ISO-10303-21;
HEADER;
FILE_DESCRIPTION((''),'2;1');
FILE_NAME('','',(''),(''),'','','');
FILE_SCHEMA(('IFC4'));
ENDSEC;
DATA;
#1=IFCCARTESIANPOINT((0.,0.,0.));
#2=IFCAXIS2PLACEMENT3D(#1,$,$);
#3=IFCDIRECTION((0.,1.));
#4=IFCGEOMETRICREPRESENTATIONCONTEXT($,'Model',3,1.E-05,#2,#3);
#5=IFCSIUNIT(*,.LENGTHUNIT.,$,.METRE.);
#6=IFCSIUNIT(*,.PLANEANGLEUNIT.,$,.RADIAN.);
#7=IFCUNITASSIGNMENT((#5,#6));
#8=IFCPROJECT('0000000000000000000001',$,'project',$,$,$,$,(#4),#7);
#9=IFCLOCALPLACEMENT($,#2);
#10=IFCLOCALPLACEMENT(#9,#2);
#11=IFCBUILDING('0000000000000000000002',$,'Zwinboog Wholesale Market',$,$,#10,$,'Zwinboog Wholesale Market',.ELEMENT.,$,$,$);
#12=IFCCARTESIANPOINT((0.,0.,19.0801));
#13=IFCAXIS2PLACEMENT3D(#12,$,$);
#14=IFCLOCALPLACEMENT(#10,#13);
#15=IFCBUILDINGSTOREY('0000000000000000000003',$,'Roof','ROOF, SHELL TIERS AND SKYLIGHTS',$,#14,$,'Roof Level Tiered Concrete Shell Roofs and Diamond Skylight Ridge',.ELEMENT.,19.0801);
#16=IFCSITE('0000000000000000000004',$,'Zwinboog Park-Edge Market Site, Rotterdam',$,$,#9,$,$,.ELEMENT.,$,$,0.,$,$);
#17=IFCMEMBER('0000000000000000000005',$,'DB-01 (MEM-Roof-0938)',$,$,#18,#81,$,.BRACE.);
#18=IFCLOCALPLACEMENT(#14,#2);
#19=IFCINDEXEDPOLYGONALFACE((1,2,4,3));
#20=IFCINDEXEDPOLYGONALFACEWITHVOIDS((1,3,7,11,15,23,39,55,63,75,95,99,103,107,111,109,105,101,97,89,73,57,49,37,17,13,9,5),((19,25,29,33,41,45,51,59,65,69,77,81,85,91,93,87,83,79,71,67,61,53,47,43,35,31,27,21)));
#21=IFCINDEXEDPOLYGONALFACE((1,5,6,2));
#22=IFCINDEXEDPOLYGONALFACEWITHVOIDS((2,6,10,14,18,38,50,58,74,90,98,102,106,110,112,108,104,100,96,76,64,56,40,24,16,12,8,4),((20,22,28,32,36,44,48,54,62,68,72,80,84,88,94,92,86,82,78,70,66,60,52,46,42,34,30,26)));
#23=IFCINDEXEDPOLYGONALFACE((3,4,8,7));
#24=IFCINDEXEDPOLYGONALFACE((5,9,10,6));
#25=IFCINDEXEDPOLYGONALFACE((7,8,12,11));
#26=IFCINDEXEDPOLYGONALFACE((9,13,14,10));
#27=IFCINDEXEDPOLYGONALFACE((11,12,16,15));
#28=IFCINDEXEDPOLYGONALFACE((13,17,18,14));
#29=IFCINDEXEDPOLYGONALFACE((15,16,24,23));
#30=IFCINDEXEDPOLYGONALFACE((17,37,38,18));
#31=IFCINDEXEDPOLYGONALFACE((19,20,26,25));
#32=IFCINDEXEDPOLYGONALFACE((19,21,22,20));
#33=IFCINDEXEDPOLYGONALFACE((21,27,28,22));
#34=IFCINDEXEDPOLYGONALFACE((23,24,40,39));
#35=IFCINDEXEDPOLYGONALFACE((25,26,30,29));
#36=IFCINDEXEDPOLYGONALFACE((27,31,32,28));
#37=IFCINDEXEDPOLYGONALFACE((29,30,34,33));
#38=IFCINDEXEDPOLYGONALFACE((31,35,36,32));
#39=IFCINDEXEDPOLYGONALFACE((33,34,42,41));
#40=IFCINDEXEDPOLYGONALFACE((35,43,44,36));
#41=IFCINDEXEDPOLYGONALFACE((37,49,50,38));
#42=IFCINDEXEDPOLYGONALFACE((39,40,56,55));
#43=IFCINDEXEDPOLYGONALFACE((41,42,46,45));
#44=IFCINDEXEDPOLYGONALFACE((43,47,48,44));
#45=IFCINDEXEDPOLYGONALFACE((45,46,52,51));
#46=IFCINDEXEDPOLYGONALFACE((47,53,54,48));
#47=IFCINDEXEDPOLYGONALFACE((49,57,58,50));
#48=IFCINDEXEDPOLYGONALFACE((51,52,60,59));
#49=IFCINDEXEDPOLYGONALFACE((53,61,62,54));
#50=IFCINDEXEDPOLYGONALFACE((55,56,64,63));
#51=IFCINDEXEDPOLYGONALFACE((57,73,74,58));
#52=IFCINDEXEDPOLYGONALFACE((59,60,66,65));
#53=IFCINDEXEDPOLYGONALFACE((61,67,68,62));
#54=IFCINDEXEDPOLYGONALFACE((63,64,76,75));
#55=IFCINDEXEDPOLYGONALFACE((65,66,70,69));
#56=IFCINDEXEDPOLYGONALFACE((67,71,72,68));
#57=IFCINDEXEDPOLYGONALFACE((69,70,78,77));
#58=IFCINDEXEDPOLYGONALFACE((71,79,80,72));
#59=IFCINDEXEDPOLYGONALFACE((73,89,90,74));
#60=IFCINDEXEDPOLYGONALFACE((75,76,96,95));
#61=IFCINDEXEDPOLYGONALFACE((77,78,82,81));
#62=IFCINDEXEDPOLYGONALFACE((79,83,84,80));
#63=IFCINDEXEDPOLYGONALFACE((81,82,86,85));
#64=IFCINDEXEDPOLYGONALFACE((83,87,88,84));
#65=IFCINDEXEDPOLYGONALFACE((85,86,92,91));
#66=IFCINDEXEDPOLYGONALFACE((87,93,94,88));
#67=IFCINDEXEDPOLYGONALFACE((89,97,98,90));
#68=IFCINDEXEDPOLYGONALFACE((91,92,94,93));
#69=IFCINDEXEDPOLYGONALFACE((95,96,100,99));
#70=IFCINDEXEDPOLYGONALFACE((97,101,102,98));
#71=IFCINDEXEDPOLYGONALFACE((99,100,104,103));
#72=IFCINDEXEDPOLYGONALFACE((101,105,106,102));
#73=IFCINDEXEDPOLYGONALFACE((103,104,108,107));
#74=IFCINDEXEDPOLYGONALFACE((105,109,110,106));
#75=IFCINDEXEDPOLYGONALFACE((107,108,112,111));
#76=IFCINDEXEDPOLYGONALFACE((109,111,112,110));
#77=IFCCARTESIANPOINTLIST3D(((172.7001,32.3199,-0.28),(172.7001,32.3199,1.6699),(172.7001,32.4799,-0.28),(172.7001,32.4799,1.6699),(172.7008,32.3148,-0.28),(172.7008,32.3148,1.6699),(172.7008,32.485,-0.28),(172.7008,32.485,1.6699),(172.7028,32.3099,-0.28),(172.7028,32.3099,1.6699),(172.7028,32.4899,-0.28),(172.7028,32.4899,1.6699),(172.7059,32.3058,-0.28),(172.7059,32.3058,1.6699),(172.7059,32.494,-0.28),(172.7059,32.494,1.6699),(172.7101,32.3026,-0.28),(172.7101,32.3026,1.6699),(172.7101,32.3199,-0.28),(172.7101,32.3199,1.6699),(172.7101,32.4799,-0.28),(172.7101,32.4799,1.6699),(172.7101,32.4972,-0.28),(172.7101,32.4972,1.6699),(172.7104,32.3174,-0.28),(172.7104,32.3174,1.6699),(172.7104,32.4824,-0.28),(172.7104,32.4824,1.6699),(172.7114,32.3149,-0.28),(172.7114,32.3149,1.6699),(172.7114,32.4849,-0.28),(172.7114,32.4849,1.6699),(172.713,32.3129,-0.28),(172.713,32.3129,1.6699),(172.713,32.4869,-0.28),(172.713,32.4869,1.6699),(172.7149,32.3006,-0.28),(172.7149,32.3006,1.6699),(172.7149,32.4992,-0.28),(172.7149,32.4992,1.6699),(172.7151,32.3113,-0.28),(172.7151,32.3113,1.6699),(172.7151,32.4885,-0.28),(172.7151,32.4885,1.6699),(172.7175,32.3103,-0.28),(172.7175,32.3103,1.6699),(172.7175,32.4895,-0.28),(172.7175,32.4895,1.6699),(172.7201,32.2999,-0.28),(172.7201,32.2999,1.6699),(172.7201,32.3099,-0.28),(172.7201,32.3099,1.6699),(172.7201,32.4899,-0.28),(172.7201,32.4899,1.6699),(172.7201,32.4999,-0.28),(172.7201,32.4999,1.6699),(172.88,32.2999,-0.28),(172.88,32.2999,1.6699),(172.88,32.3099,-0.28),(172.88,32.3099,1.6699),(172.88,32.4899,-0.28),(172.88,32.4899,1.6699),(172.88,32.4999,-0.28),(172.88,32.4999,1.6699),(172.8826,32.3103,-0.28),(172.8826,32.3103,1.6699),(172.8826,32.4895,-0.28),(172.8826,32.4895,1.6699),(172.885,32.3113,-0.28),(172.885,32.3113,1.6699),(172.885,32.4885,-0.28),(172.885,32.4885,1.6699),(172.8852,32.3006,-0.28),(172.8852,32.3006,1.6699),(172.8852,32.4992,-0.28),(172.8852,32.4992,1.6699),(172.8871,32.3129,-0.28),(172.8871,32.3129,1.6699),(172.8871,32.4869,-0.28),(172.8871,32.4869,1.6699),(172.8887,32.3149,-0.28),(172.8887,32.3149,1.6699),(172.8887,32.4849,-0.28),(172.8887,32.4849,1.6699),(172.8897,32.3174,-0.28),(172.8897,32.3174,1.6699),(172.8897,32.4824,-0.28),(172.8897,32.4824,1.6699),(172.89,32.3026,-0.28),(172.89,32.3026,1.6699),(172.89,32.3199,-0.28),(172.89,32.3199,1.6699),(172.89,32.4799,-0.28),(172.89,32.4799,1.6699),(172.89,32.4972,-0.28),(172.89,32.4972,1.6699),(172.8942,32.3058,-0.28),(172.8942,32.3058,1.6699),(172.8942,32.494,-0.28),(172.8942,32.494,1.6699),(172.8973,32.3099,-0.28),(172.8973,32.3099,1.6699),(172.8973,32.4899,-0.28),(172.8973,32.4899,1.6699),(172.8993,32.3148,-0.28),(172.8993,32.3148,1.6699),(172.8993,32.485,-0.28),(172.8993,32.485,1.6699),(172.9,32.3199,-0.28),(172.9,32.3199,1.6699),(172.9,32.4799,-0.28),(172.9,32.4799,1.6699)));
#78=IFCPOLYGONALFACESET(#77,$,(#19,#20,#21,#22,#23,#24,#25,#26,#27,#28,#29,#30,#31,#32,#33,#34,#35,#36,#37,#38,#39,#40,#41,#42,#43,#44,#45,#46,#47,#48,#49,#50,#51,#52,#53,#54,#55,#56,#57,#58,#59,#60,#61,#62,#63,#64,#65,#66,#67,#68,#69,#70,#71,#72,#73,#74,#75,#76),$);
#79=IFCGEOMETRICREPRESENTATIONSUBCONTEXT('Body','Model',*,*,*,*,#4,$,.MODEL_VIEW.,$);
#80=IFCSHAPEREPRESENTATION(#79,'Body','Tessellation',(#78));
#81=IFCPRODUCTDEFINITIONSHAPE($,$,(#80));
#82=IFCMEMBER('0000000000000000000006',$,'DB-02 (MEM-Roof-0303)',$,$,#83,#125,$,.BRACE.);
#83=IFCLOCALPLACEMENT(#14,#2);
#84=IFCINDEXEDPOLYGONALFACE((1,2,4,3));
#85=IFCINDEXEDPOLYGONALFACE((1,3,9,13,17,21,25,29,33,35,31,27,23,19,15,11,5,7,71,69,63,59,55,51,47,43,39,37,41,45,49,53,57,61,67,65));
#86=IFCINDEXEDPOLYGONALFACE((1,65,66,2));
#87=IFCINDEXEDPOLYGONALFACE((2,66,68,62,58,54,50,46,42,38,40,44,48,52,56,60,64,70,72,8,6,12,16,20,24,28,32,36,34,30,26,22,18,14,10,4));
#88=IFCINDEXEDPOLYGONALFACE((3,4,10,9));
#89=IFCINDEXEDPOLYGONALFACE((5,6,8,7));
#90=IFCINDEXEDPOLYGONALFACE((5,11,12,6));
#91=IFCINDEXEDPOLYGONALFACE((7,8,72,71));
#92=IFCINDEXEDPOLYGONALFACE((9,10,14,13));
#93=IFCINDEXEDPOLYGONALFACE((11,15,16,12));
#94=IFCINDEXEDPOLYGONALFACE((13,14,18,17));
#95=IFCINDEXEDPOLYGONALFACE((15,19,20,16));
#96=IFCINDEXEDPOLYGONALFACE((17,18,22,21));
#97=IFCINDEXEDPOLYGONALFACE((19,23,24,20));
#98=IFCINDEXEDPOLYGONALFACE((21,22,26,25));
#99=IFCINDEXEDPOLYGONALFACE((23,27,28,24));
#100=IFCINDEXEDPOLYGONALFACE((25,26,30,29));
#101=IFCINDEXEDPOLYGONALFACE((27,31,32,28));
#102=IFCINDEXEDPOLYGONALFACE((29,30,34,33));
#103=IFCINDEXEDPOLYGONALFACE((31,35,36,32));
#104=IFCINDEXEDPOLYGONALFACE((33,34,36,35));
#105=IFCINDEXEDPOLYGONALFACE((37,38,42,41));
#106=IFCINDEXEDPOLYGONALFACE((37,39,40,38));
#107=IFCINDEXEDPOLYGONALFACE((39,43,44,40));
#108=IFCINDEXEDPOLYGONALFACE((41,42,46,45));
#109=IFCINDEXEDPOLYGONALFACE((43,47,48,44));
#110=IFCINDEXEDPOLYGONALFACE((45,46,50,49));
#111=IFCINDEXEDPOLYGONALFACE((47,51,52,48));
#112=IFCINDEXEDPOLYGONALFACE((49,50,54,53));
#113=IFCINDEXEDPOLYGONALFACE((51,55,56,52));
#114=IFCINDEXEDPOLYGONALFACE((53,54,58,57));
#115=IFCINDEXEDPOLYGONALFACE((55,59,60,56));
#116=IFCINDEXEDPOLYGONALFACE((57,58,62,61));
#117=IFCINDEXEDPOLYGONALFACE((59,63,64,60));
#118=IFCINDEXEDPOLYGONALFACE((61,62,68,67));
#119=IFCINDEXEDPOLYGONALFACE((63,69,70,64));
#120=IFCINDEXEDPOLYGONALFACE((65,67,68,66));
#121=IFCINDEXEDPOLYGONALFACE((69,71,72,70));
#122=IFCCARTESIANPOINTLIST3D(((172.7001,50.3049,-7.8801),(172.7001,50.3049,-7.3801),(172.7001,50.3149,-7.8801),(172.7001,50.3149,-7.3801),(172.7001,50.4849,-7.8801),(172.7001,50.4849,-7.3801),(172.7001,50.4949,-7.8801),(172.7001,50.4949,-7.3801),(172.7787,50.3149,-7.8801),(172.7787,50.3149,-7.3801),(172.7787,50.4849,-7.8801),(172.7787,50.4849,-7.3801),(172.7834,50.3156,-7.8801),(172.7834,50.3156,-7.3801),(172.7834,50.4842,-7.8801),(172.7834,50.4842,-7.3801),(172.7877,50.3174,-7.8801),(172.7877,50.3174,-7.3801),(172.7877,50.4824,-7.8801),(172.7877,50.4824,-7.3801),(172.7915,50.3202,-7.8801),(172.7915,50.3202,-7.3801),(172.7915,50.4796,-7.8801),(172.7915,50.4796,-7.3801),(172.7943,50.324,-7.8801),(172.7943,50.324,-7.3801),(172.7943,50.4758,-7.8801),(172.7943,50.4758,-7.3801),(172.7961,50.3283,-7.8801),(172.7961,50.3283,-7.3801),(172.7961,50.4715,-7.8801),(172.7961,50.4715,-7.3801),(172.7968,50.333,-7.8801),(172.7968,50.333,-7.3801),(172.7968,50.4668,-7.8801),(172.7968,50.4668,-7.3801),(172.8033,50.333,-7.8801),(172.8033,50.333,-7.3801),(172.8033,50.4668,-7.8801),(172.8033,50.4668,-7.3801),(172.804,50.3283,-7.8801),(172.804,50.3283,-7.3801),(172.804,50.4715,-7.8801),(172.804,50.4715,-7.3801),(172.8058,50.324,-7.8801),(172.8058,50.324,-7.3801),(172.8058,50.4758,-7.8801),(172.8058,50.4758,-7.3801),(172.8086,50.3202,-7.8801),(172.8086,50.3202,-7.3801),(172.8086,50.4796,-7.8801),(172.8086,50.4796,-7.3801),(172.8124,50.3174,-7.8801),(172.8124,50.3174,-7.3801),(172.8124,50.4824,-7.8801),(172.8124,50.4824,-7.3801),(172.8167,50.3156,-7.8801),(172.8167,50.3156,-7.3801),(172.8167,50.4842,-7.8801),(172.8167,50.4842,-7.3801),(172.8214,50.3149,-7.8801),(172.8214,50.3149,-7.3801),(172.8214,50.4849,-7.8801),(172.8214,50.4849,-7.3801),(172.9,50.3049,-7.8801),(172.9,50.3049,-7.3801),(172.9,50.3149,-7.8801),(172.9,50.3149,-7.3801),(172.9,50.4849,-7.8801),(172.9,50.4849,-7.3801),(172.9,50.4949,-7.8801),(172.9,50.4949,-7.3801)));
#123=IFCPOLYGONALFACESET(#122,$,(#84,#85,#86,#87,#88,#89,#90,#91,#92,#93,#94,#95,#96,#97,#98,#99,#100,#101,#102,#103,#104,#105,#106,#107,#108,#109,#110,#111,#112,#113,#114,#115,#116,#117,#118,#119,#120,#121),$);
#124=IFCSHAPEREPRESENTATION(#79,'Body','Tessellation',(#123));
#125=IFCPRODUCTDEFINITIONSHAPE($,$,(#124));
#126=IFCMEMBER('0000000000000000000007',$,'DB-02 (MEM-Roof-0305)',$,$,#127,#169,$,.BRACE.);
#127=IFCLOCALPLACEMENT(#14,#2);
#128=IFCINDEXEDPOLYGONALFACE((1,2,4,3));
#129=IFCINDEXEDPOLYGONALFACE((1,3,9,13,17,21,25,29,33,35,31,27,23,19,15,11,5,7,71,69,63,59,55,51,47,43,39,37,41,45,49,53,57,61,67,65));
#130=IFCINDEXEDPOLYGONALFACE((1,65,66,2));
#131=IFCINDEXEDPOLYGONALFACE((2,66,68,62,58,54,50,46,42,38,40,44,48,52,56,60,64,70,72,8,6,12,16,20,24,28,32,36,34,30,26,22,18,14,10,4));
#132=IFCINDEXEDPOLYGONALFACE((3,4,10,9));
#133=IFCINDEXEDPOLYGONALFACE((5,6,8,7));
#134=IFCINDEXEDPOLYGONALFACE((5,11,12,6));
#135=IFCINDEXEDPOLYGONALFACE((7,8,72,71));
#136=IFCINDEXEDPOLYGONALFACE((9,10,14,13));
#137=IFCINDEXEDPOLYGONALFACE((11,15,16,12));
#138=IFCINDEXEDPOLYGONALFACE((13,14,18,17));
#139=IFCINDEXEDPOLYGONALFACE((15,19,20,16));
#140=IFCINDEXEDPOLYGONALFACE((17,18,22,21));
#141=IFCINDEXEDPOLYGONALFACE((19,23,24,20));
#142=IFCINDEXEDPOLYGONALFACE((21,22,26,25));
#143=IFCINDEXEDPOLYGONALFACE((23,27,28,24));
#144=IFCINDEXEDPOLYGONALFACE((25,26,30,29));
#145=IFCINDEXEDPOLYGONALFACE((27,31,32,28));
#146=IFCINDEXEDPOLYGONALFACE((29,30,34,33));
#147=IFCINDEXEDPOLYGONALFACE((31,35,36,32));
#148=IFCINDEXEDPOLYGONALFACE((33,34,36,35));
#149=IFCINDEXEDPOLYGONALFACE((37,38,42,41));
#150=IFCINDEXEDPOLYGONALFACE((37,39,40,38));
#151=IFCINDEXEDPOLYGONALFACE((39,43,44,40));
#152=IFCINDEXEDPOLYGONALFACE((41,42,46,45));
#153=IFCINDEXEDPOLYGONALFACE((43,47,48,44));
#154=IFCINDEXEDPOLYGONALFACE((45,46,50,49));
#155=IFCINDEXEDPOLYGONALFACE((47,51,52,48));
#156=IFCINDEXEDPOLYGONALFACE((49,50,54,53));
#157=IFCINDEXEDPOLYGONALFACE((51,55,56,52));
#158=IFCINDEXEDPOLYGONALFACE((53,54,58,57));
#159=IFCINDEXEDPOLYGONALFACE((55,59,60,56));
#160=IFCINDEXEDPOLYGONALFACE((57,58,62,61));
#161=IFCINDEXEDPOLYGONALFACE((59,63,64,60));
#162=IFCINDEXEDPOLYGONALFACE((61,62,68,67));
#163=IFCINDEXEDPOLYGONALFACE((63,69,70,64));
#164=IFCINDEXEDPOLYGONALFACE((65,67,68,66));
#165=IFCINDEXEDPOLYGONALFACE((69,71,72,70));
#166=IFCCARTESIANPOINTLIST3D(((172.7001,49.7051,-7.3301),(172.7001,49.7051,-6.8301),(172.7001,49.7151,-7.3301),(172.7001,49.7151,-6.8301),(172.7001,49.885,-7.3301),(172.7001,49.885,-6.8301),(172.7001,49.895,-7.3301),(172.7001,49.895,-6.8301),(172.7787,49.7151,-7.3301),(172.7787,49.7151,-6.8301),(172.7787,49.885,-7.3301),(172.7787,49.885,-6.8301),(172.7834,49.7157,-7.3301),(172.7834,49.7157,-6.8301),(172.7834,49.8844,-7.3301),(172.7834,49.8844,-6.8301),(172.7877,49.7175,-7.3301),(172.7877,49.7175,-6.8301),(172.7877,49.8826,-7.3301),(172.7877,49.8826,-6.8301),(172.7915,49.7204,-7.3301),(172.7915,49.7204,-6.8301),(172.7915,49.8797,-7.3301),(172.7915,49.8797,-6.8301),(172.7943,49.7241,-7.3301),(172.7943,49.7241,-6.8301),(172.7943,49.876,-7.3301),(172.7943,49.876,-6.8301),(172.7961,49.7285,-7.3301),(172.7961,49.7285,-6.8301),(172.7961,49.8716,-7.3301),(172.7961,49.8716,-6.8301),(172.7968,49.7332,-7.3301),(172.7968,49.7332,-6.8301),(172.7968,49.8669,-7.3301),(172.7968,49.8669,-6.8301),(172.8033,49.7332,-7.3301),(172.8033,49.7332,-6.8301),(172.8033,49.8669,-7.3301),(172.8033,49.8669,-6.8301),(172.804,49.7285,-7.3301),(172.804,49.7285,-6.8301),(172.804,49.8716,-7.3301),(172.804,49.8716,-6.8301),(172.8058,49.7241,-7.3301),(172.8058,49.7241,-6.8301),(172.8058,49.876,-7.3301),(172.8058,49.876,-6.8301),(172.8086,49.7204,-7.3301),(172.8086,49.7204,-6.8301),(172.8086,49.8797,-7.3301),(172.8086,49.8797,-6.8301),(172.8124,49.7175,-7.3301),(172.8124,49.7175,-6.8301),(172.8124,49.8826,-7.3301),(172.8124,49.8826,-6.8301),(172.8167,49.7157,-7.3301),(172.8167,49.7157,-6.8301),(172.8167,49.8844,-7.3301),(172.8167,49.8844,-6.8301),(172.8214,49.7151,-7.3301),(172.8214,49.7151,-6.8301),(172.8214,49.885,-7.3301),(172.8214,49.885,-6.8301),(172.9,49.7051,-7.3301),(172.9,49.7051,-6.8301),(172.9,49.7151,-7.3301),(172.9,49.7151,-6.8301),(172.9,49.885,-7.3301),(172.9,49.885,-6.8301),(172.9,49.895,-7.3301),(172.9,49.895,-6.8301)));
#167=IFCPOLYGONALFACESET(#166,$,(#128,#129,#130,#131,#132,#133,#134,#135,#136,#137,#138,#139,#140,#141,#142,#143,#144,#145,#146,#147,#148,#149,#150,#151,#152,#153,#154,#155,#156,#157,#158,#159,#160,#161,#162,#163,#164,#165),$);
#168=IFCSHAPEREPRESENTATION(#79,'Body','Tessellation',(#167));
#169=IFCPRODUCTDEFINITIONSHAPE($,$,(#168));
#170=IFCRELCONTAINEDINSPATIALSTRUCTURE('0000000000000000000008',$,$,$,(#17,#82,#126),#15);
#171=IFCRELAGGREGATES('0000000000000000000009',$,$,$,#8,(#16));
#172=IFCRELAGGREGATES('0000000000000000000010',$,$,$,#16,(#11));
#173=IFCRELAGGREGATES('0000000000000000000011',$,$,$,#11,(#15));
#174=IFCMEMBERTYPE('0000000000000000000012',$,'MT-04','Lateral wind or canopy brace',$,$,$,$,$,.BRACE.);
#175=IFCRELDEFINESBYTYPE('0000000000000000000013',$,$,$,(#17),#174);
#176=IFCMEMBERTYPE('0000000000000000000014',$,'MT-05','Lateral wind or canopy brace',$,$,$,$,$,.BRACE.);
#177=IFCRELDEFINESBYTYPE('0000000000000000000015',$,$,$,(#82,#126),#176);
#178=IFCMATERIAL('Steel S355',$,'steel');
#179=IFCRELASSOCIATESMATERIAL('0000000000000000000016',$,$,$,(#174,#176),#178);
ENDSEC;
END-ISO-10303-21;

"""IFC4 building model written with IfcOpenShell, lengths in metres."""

from ifc_helpers import new_model, si_unit, direction, frame, origin, origin_2d, place, context, subcontext, project, spatial, hollow_rectangle, i_section, extrude, material, material_profile, profile_set, type_object, element, save


model = new_model("IFC4")

# Units and contexts
model_context = context("Model", 3, precision=1e-05, world=origin(), true_north=direction((0.0, 1.0)))
body_context = subcontext(model_context, "Body", "Model", "MODEL_VIEW")
ifc_project = project(units=[si_unit("LENGTHUNIT", "METRE"), si_unit("PLANEANGLEUNIT", "RADIAN")], contexts=[model_context])

# Site, building, storey
site_placement = place(None, origin())
site = spatial("IfcSite", under=ifc_project, at=site_placement, Name="Zwinboog Park-Edge Market Site, Rotterdam", CompositionType="ELEMENT", RefElevation=0.0)
building_placement = place(site_placement, origin())
building = spatial("IfcBuilding", under=site, at=building_placement, Name="Zwinboog Wholesale Market", LongName="Zwinboog Wholesale Market", CompositionType="ELEMENT")
storey_placement = place(building_placement, frame((0.0, 0.0, 19.0801)))
storey = spatial("IfcBuildingStorey", under=building, at=storey_placement, Name="Roof", Description="ROOF, SHELL TIERS AND SKYLIGHTS", LongName="Roof Level Tiered Concrete Shell Roofs and Diamond Skylight Ridge", CompositionType="ELEMENT", Elevation=19.0801)

# Members
ifc_material_1 = material(Name="Steel S355", Category="steel")
ifc_material_profile_1 = material_profile(ifc_material_1, hollow_rectangle(XDim=0.2, YDim=0.2, WallThickness=0.01, InnerFilletRadius=0.01, OuterFilletRadius=0.02, at=origin_2d()), Name="SHS 200x200x10")
ifc_profile_set_1 = profile_set([ifc_material_profile_1], Name="Steel S355")
member_type_1 = type_object("IfcMemberType", Name="MT-04", Description="Lateral wind or canopy brace", PredefinedType="BRACE", material=ifc_profile_set_1)
member_1_placement = place(storey_placement, frame((172.8, 32.3999, -0.28), z_axis=(0.0, 0.0, 1.0), x_axis=(1.0, 0.0, 0.0)))
element("IfcMember", 1, at=member_1_placement, inside=storey, type_object=member_type_1, Name="DB-01 (MEM-Roof-0938)", PredefinedType="BRACE", context=body_context, shape_type="SweptSolid", body=[
    extrude(hollow_rectangle(XDim=0.2, YDim=0.2, WallThickness=0.01, InnerFilletRadius=0.01, OuterFilletRadius=0.02, at=origin_2d()), origin(), (0.0, 0.0, 1.0), 1.95),
])
ifc_material_profile_2 = material_profile(ifc_material_1, i_section(OverallWidth=0.2, OverallDepth=0.1899, WebThickness=0.0066, FlangeThickness=0.01, FilletRadius=0.0181, at=origin_2d()), Name="HEA 200")
ifc_profile_set_2 = profile_set([ifc_material_profile_2], Name="Steel S355")
member_type_2 = type_object("IfcMemberType", Name="MT-05", Description="Lateral wind or canopy brace", PredefinedType="BRACE", material=ifc_profile_set_2)
for number, where, z_axis, x_axis, name in (
    (2, (172.8, 50.3999, -7.8801), (0.0, 0.0, 1.0), (1.0, 0.0, 0.0), "DB-02 (MEM-Roof-0303)"),
    (3, (172.8, 49.8, -7.3301), (0.0, 0.0, 1.0), (1.0, 0.0, 0.0), "DB-02 (MEM-Roof-0305)"),
):
    element("IfcMember", number, at=place(storey_placement, frame(where, z_axis=z_axis, x_axis=x_axis)), inside=storey, type_object=member_type_2, Name=name, PredefinedType="BRACE", context=body_context, shape_type="SweptSolid", body=[
        extrude(i_section(OverallWidth=0.2, OverallDepth=0.1899, WebThickness=0.0066, FlangeThickness=0.01, FilletRadius=0.0181, at=origin_2d()), origin(), (0.0, 0.0, 1.0), 0.5),
    ])

save(model, "model.ifc")
